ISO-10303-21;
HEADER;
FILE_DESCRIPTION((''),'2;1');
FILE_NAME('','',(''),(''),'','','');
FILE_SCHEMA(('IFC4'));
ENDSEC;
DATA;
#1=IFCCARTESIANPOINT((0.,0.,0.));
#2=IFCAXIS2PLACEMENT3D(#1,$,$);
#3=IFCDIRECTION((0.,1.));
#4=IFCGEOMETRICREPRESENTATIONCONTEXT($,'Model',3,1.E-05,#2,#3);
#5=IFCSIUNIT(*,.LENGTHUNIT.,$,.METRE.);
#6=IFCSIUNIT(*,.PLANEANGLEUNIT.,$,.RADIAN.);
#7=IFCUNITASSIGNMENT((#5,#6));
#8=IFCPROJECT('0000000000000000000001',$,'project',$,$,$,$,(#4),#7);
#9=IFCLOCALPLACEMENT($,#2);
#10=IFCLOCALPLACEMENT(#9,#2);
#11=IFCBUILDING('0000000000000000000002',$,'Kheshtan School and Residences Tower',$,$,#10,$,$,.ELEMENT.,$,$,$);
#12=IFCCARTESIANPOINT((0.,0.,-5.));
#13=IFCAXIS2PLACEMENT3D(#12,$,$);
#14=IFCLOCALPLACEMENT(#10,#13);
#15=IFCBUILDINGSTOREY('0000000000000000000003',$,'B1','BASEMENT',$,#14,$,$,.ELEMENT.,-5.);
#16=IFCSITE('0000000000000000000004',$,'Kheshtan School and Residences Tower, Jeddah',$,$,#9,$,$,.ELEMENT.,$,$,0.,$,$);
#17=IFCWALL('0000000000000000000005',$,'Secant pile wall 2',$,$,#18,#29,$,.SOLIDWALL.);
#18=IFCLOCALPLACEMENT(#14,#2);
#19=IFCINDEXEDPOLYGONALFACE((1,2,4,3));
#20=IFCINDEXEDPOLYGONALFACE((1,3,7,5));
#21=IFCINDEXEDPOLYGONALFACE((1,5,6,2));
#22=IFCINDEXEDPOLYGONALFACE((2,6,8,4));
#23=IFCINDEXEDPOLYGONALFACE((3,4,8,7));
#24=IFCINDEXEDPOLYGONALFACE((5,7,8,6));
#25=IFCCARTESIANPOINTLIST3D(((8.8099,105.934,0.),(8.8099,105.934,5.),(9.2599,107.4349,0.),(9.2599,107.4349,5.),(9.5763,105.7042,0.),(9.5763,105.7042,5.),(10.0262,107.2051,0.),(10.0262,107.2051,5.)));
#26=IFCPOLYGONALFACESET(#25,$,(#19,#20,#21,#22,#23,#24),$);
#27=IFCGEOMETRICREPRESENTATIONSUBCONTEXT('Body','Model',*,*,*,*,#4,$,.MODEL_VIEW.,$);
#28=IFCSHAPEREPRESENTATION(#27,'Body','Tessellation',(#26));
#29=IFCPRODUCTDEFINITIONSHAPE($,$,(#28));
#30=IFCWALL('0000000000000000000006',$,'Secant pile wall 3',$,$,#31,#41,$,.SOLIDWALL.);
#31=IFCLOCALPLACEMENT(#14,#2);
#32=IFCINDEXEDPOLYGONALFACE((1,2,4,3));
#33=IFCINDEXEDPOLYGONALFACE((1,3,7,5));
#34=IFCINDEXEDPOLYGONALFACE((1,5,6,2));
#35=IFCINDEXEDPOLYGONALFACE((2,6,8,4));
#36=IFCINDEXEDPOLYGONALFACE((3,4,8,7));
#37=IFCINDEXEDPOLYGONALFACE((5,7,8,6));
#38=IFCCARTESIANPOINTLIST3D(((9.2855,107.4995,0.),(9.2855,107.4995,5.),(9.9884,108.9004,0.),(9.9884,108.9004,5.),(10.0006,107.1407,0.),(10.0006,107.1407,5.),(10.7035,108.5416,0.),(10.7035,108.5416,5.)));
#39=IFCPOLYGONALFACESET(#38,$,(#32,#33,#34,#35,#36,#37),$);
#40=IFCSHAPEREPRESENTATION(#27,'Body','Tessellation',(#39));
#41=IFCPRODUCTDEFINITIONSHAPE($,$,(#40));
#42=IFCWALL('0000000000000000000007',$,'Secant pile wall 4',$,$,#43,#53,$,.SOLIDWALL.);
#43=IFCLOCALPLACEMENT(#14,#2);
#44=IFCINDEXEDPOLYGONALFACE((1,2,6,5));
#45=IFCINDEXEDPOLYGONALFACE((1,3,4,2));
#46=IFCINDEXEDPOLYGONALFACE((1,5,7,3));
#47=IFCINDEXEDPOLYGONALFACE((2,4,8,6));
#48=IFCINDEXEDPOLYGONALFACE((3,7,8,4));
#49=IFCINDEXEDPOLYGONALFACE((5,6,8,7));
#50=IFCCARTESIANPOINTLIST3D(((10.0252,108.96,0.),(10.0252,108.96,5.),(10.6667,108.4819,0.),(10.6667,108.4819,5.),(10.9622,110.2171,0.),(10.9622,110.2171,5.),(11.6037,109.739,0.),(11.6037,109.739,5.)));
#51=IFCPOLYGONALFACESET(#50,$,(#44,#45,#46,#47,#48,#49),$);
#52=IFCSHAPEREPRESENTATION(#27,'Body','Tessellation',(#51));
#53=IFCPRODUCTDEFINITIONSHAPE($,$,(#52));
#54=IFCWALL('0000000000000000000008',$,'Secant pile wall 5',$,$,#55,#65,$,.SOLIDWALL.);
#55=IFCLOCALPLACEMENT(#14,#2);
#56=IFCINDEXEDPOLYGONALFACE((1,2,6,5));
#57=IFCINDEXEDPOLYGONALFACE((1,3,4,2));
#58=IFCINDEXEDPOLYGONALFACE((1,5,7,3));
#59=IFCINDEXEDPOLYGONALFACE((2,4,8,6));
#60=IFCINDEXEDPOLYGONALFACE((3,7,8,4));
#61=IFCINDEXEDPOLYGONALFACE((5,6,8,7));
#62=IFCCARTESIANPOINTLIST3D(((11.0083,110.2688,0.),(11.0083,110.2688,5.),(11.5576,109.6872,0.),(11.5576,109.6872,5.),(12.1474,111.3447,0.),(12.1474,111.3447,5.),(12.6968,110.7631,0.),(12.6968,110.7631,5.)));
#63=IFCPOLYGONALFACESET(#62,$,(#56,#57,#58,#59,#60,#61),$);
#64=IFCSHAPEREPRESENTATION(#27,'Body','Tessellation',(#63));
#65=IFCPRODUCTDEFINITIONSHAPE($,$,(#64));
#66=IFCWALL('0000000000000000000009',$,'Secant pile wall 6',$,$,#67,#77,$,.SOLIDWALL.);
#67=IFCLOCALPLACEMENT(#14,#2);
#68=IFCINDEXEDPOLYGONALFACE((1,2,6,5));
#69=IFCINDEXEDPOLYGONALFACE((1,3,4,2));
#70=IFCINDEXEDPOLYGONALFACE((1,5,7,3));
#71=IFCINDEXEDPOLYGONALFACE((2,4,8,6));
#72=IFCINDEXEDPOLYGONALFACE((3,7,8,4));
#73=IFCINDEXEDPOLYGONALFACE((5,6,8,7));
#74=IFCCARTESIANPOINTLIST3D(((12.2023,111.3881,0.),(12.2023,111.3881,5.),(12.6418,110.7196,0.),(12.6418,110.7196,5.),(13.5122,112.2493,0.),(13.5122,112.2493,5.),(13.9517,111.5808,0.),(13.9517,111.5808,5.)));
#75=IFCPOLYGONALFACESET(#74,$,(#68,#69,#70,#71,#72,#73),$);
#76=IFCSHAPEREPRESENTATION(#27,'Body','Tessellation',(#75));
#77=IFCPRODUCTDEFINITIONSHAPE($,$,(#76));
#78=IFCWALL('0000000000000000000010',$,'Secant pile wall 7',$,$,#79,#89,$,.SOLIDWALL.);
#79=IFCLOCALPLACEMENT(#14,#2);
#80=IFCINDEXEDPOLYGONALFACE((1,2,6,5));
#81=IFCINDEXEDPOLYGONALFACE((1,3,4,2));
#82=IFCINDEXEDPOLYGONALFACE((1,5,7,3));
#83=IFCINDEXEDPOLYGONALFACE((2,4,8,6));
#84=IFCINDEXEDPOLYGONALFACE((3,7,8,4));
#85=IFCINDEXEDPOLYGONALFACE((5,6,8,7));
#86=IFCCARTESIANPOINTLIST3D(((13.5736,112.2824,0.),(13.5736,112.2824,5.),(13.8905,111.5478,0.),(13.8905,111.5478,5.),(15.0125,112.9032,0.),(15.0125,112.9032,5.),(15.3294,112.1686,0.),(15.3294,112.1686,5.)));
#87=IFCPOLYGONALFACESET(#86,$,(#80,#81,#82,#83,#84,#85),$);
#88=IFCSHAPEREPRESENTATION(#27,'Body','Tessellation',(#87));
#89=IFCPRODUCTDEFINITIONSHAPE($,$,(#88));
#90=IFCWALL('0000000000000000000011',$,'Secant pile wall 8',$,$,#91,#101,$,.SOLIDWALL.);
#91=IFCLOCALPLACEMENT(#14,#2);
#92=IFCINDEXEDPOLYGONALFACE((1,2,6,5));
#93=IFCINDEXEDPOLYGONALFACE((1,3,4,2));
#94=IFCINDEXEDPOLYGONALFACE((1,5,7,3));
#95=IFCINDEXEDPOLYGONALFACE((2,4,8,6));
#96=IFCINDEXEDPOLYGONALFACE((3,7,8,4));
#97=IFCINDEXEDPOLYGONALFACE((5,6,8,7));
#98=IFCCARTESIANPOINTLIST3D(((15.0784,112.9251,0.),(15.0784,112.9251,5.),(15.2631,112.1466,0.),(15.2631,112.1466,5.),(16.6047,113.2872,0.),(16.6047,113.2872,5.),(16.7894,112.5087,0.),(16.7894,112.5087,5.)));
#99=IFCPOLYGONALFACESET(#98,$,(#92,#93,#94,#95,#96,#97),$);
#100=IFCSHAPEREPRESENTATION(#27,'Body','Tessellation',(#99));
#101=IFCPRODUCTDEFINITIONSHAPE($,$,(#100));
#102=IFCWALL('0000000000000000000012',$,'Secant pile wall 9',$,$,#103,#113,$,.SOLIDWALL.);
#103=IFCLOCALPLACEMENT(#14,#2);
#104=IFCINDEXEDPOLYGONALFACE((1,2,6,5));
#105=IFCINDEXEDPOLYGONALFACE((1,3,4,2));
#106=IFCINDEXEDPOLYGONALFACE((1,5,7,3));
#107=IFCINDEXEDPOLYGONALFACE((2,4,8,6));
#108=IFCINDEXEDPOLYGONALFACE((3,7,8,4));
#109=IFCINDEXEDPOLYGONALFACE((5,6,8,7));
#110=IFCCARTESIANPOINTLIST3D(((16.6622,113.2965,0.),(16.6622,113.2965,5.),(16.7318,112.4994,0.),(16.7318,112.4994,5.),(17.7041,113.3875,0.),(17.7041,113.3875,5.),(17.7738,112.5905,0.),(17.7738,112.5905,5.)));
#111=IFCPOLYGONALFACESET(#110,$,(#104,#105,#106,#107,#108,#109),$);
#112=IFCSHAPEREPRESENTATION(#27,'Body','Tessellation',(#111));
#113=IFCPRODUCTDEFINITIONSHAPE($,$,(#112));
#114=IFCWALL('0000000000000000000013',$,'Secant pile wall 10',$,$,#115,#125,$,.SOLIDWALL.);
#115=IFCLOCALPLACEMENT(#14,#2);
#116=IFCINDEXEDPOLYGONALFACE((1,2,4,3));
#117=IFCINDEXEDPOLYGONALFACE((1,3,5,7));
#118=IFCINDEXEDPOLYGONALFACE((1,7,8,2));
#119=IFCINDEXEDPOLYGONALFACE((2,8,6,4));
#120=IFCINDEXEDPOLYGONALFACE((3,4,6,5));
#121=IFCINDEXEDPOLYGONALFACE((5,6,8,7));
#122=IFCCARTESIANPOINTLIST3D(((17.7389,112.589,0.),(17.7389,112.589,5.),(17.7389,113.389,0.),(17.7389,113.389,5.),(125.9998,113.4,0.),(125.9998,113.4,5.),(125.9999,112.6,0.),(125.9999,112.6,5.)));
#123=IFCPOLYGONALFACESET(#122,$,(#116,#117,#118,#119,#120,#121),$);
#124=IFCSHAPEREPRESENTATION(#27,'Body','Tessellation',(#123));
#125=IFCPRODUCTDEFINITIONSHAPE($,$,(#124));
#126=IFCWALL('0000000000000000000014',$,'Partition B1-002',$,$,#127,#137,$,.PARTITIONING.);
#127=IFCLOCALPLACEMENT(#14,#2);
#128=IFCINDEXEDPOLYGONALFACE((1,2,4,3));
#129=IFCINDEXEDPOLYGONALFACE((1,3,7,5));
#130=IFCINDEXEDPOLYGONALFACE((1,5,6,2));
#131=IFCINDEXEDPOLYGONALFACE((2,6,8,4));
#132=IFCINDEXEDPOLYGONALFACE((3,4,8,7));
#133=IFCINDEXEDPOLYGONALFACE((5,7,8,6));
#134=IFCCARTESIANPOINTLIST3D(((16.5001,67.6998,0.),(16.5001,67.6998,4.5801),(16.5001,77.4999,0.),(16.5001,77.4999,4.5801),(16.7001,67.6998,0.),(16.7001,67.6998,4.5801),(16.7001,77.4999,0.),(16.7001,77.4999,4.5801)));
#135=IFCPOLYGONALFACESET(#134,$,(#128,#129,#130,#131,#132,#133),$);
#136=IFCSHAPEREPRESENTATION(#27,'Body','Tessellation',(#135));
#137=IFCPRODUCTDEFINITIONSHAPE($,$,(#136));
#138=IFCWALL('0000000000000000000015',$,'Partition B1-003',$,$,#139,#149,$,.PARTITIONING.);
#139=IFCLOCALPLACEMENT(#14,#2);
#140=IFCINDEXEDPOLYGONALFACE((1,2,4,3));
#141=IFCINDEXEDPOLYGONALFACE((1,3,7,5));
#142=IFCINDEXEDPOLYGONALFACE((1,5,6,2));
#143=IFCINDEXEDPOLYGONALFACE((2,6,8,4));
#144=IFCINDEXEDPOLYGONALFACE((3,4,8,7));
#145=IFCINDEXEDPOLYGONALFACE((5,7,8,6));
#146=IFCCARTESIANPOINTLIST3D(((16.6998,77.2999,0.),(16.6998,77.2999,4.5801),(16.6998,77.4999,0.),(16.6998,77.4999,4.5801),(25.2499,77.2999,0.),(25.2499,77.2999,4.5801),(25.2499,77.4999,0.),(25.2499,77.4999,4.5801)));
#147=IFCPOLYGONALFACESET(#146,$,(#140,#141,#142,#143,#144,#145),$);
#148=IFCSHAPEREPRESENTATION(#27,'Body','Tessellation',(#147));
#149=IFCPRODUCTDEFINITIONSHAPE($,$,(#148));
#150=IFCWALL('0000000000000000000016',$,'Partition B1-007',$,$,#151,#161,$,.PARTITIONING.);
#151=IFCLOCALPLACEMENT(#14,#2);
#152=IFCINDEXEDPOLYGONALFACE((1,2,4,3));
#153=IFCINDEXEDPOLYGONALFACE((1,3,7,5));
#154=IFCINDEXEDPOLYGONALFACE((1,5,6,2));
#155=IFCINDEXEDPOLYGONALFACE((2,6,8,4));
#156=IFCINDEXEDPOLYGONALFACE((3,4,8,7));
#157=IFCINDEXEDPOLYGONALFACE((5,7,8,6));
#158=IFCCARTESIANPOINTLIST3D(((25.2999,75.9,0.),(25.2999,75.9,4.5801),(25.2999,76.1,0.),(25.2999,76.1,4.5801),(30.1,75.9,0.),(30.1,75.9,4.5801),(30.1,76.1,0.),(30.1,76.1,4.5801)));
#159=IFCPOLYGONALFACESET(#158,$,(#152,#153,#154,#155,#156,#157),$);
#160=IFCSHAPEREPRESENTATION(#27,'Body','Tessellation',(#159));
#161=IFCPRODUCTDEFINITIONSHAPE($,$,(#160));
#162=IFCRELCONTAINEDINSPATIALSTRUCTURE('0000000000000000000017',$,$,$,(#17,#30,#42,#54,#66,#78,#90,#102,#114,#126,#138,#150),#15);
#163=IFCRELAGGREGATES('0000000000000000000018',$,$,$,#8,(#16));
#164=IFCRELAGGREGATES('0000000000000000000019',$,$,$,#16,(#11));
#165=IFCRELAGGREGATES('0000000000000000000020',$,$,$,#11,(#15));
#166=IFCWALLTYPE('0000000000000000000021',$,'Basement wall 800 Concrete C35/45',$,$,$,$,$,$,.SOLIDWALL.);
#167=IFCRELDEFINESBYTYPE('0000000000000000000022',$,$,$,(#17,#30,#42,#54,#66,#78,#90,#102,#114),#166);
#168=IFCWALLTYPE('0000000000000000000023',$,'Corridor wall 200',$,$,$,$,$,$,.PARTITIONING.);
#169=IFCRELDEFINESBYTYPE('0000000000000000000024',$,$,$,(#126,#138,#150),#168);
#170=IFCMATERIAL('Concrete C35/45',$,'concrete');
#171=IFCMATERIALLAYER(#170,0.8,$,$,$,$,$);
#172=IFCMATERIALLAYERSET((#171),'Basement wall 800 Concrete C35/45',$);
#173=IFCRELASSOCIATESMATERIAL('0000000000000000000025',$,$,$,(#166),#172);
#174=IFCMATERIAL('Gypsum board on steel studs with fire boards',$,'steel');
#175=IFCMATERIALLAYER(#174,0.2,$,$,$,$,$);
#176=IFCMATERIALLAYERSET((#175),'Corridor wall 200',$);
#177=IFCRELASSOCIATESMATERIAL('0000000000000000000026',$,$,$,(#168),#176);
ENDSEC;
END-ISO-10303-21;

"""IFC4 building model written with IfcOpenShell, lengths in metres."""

from ifc_helpers import new_model, si_unit, direction, frame, frame_2d, origin, place, context, subcontext, project, spatial, rectangle, extrude, material, layer, layer_set, type_object, element, save


model = new_model("IFC4")

# Units and contexts
model_context = context("Model", 3, precision=1e-05, world=origin(), true_north=direction((0.0, 1.0)))
body_context = subcontext(model_context, "Body", "Model", "MODEL_VIEW")
ifc_project = project(units=[si_unit("LENGTHUNIT", "METRE"), si_unit("PLANEANGLEUNIT", "RADIAN")], contexts=[model_context])

# Site, building, storey
site_placement = place(None, origin())
site = spatial("IfcSite", under=ifc_project, at=site_placement, Name="Kheshtan School and Residences Tower, Jeddah", CompositionType="ELEMENT", RefElevation=0.0)
building_placement = place(site_placement, origin())
building = spatial("IfcBuilding", under=site, at=building_placement, Name="Kheshtan School and Residences Tower", CompositionType="ELEMENT")
storey_placement = place(building_placement, frame((0.0, 0.0, -5.0)))
storey = spatial("IfcBuildingStorey", under=building, at=storey_placement, Name="B1", Description="BASEMENT", CompositionType="ELEMENT", Elevation=-5.0)

# Walls
ifc_material_1 = material(Name="Concrete C35/45", Category="concrete")
ifc_layer_1 = layer(ifc_material_1, 0.8)
ifc_layer_set_1 = layer_set([ifc_layer_1], Name="Basement wall 800 Concrete C35/45")
wall_type_1 = type_object("IfcWallType", Name="Basement wall 800 Concrete C35/45", PredefinedType="SOLIDWALL", material=ifc_layer_set_1)
wall_1_placement = place(storey_placement, frame((9.1931, 105.8191, 0.0), z_axis=(0.0, 0.0, 1.0), x_axis=(0.287148, 0.957886, 0.0)))
element("IfcWall", 1, at=wall_1_placement, inside=storey, type_object=wall_type_1, Name="Secant pile wall 2", PredefinedType="SOLIDWALL", context=body_context, shape_type="SweptSolid", body=[
    extrude(rectangle(XDim=1.5669, YDim=0.8, at=frame_2d((0.7834, 0.0))), origin(), (0.0, 0.0, 1.0), 5.0),
])
wall_2_placement = place(storey_placement, frame((9.6431, 107.3201, 0.0), z_axis=(0.0, 0.0, 1.0), x_axis=(0.448459, 0.893803, 0.0)))
element("IfcWall", 2, at=wall_2_placement, inside=storey, type_object=wall_type_1, Name="Secant pile wall 3", PredefinedType="SOLIDWALL", context=body_context, shape_type="SweptSolid", body=[
    extrude(rectangle(XDim=1.5674, YDim=0.8, at=frame_2d((0.7837, 0.0))), origin(), (0.0, 0.0, 1.0), 5.0),
])
wall_3_placement = place(storey_placement, frame((10.3459, 108.7209, 0.0), z_axis=(0.0, 0.0, 1.0), x_axis=(0.597631, 0.801772, 0.0)))
element("IfcWall", 3, at=wall_3_placement, inside=storey, type_object=wall_type_1, Name="Secant pile wall 4", PredefinedType="SOLIDWALL", context=body_context, shape_type="SweptSolid", body=[
    extrude(rectangle(XDim=1.5679, YDim=0.8, at=frame_2d((0.7839, 0.0))), origin(), (0.0, 0.0, 1.0), 5.0),
])
wall_4_placement = place(storey_placement, frame((11.283, 109.978, 0.0), z_axis=(0.0, 0.0, 1.0), x_axis=(0.726996, 0.686642, 0.0)))
element("IfcWall", 4, at=wall_4_placement, inside=storey, type_object=wall_type_1, Name="Secant pile wall 5", PredefinedType="SOLIDWALL", context=body_context, shape_type="SweptSolid", body=[
    extrude(rectangle(XDim=1.5669, YDim=0.8, at=frame_2d((0.7834, 0.0))), origin(), (0.0, 0.0, 1.0), 5.0),
])
wall_5_placement = place(storey_placement, frame((12.4221, 111.054, 0.0), z_axis=(0.0, 0.0, 1.0), x_axis=(0.835603, 0.549333, 0.0)))
element("IfcWall", 5, at=wall_5_placement, inside=storey, type_object=wall_type_1, Name="Secant pile wall 6", PredefinedType="SOLIDWALL", context=body_context, shape_type="SweptSolid", body=[
    extrude(rectangle(XDim=1.5676, YDim=0.8, at=frame_2d((0.7837, 0.0))), origin(), (0.0, 0.0, 1.0), 5.0),
])
wall_6_placement = place(storey_placement, frame((13.7319, 111.915, 0.0), z_axis=(0.0, 0.0, 1.0), x_axis=(0.918183, 0.396155, 0.0)))
element("IfcWall", 6, at=wall_6_placement, inside=storey, type_object=wall_type_1, Name="Secant pile wall 7", PredefinedType="SOLIDWALL", context=body_context, shape_type="SweptSolid", body=[
    extrude(rectangle(XDim=1.5671, YDim=0.8, at=frame_2d((0.7837, 0.0))), origin(), (0.0, 0.0, 1.0), 5.0),
])
wall_7_placement = place(storey_placement, frame((15.1709, 112.5359, 0.0), z_axis=(0.0, 0.0, 1.0), x_axis=(0.972993, 0.230835, 0.0)))
element("IfcWall", 7, at=wall_7_placement, inside=storey, type_object=wall_type_1, Name="Secant pile wall 8", PredefinedType="SOLIDWALL", context=body_context, shape_type="SweptSolid", body=[
    extrude(rectangle(XDim=1.5686, YDim=0.8, at=frame_2d((0.7842, 0.0))), origin(), (0.0, 0.0, 1.0), 5.0),
])
wall_8_placement = place(storey_placement, frame((16.697, 112.8979, 0.0), z_axis=(0.0, 0.0, 1.0), x_axis=(0.996203, 0.087063, 0.0)))
element("IfcWall", 8, at=wall_8_placement, inside=storey, type_object=wall_type_1, Name="Secant pile wall 9", PredefinedType="SOLIDWALL", context=body_context, shape_type="SweptSolid", body=[
    extrude(rectangle(XDim=1.0459, YDim=0.8, at=frame_2d((0.5229, 0.0))), origin(), (0.0, 0.0, 1.0), 5.0),
])
wall_9_placement = place(storey_placement, frame((17.739, 112.989, 0.0), z_axis=(0.0, 0.0, 1.0), x_axis=(1.0, 0.000101, 0.0)))
element("IfcWall", 9, at=wall_9_placement, inside=storey, type_object=wall_type_1, Name="Secant pile wall 10", PredefinedType="SOLIDWALL", context=body_context, shape_type="SweptSolid", body=[
    extrude(rectangle(XDim=108.261, YDim=0.8, at=frame_2d((54.1304, 0.0))), origin(), (0.0, 0.0, 1.0), 5.0),
])
ifc_material_2 = material(Name="Gypsum board on steel studs with fire boards", Category="steel")
ifc_layer_2 = layer(ifc_material_2, 0.2)
ifc_layer_set_2 = layer_set([ifc_layer_2], Name="Corridor wall 200")
wall_type_2 = type_object("IfcWallType", Name="Corridor wall 200", PredefinedType="PARTITIONING", material=ifc_layer_set_2)
wall_10_placement = place(storey_placement, frame((16.6001, 67.7, 0.0), z_axis=(0.0, 0.0, 1.0), x_axis=(0.0, 1.0, 0.0)))
element("IfcWall", 10, at=wall_10_placement, inside=storey, type_object=wall_type_2, Name="Partition B1-002", PredefinedType="PARTITIONING", context=body_context, shape_type="SweptSolid", body=[
    extrude(rectangle(XDim=9.8, YDim=0.2, at=frame_2d((4.8999, 0.0))), origin(), (0.0, 0.0, 1.0), 4.5801),
])
wall_11_placement = place(storey_placement, frame((16.7, 77.3999, 0.0), z_axis=(0.0, 0.0, 1.0), x_axis=(1.0, 0.0, 0.0)))
element("IfcWall", 11, at=wall_11_placement, inside=storey, type_object=wall_type_2, Name="Partition B1-003", PredefinedType="PARTITIONING", context=body_context, shape_type="SweptSolid", body=[
    extrude(rectangle(XDim=8.55, YDim=0.2, at=frame_2d((4.2749, 0.0))), origin(), (0.0, 0.0, 1.0), 4.5801),
])
wall_12_placement = place(storey_placement, frame((25.3, 76.0, 0.0), z_axis=(0.0, 0.0, 1.0), x_axis=(1.0, 0.0, 0.0)))
element("IfcWall", 12, at=wall_12_placement, inside=storey, type_object=wall_type_2, Name="Partition B1-007", PredefinedType="PARTITIONING", context=body_context, shape_type="SweptSolid", body=[
    extrude(rectangle(XDim=4.8, YDim=0.2, at=frame_2d((2.3999, 0.0))), origin(), (0.0, 0.0, 1.0), 4.5801),
])

save(model, "model.ifc")
